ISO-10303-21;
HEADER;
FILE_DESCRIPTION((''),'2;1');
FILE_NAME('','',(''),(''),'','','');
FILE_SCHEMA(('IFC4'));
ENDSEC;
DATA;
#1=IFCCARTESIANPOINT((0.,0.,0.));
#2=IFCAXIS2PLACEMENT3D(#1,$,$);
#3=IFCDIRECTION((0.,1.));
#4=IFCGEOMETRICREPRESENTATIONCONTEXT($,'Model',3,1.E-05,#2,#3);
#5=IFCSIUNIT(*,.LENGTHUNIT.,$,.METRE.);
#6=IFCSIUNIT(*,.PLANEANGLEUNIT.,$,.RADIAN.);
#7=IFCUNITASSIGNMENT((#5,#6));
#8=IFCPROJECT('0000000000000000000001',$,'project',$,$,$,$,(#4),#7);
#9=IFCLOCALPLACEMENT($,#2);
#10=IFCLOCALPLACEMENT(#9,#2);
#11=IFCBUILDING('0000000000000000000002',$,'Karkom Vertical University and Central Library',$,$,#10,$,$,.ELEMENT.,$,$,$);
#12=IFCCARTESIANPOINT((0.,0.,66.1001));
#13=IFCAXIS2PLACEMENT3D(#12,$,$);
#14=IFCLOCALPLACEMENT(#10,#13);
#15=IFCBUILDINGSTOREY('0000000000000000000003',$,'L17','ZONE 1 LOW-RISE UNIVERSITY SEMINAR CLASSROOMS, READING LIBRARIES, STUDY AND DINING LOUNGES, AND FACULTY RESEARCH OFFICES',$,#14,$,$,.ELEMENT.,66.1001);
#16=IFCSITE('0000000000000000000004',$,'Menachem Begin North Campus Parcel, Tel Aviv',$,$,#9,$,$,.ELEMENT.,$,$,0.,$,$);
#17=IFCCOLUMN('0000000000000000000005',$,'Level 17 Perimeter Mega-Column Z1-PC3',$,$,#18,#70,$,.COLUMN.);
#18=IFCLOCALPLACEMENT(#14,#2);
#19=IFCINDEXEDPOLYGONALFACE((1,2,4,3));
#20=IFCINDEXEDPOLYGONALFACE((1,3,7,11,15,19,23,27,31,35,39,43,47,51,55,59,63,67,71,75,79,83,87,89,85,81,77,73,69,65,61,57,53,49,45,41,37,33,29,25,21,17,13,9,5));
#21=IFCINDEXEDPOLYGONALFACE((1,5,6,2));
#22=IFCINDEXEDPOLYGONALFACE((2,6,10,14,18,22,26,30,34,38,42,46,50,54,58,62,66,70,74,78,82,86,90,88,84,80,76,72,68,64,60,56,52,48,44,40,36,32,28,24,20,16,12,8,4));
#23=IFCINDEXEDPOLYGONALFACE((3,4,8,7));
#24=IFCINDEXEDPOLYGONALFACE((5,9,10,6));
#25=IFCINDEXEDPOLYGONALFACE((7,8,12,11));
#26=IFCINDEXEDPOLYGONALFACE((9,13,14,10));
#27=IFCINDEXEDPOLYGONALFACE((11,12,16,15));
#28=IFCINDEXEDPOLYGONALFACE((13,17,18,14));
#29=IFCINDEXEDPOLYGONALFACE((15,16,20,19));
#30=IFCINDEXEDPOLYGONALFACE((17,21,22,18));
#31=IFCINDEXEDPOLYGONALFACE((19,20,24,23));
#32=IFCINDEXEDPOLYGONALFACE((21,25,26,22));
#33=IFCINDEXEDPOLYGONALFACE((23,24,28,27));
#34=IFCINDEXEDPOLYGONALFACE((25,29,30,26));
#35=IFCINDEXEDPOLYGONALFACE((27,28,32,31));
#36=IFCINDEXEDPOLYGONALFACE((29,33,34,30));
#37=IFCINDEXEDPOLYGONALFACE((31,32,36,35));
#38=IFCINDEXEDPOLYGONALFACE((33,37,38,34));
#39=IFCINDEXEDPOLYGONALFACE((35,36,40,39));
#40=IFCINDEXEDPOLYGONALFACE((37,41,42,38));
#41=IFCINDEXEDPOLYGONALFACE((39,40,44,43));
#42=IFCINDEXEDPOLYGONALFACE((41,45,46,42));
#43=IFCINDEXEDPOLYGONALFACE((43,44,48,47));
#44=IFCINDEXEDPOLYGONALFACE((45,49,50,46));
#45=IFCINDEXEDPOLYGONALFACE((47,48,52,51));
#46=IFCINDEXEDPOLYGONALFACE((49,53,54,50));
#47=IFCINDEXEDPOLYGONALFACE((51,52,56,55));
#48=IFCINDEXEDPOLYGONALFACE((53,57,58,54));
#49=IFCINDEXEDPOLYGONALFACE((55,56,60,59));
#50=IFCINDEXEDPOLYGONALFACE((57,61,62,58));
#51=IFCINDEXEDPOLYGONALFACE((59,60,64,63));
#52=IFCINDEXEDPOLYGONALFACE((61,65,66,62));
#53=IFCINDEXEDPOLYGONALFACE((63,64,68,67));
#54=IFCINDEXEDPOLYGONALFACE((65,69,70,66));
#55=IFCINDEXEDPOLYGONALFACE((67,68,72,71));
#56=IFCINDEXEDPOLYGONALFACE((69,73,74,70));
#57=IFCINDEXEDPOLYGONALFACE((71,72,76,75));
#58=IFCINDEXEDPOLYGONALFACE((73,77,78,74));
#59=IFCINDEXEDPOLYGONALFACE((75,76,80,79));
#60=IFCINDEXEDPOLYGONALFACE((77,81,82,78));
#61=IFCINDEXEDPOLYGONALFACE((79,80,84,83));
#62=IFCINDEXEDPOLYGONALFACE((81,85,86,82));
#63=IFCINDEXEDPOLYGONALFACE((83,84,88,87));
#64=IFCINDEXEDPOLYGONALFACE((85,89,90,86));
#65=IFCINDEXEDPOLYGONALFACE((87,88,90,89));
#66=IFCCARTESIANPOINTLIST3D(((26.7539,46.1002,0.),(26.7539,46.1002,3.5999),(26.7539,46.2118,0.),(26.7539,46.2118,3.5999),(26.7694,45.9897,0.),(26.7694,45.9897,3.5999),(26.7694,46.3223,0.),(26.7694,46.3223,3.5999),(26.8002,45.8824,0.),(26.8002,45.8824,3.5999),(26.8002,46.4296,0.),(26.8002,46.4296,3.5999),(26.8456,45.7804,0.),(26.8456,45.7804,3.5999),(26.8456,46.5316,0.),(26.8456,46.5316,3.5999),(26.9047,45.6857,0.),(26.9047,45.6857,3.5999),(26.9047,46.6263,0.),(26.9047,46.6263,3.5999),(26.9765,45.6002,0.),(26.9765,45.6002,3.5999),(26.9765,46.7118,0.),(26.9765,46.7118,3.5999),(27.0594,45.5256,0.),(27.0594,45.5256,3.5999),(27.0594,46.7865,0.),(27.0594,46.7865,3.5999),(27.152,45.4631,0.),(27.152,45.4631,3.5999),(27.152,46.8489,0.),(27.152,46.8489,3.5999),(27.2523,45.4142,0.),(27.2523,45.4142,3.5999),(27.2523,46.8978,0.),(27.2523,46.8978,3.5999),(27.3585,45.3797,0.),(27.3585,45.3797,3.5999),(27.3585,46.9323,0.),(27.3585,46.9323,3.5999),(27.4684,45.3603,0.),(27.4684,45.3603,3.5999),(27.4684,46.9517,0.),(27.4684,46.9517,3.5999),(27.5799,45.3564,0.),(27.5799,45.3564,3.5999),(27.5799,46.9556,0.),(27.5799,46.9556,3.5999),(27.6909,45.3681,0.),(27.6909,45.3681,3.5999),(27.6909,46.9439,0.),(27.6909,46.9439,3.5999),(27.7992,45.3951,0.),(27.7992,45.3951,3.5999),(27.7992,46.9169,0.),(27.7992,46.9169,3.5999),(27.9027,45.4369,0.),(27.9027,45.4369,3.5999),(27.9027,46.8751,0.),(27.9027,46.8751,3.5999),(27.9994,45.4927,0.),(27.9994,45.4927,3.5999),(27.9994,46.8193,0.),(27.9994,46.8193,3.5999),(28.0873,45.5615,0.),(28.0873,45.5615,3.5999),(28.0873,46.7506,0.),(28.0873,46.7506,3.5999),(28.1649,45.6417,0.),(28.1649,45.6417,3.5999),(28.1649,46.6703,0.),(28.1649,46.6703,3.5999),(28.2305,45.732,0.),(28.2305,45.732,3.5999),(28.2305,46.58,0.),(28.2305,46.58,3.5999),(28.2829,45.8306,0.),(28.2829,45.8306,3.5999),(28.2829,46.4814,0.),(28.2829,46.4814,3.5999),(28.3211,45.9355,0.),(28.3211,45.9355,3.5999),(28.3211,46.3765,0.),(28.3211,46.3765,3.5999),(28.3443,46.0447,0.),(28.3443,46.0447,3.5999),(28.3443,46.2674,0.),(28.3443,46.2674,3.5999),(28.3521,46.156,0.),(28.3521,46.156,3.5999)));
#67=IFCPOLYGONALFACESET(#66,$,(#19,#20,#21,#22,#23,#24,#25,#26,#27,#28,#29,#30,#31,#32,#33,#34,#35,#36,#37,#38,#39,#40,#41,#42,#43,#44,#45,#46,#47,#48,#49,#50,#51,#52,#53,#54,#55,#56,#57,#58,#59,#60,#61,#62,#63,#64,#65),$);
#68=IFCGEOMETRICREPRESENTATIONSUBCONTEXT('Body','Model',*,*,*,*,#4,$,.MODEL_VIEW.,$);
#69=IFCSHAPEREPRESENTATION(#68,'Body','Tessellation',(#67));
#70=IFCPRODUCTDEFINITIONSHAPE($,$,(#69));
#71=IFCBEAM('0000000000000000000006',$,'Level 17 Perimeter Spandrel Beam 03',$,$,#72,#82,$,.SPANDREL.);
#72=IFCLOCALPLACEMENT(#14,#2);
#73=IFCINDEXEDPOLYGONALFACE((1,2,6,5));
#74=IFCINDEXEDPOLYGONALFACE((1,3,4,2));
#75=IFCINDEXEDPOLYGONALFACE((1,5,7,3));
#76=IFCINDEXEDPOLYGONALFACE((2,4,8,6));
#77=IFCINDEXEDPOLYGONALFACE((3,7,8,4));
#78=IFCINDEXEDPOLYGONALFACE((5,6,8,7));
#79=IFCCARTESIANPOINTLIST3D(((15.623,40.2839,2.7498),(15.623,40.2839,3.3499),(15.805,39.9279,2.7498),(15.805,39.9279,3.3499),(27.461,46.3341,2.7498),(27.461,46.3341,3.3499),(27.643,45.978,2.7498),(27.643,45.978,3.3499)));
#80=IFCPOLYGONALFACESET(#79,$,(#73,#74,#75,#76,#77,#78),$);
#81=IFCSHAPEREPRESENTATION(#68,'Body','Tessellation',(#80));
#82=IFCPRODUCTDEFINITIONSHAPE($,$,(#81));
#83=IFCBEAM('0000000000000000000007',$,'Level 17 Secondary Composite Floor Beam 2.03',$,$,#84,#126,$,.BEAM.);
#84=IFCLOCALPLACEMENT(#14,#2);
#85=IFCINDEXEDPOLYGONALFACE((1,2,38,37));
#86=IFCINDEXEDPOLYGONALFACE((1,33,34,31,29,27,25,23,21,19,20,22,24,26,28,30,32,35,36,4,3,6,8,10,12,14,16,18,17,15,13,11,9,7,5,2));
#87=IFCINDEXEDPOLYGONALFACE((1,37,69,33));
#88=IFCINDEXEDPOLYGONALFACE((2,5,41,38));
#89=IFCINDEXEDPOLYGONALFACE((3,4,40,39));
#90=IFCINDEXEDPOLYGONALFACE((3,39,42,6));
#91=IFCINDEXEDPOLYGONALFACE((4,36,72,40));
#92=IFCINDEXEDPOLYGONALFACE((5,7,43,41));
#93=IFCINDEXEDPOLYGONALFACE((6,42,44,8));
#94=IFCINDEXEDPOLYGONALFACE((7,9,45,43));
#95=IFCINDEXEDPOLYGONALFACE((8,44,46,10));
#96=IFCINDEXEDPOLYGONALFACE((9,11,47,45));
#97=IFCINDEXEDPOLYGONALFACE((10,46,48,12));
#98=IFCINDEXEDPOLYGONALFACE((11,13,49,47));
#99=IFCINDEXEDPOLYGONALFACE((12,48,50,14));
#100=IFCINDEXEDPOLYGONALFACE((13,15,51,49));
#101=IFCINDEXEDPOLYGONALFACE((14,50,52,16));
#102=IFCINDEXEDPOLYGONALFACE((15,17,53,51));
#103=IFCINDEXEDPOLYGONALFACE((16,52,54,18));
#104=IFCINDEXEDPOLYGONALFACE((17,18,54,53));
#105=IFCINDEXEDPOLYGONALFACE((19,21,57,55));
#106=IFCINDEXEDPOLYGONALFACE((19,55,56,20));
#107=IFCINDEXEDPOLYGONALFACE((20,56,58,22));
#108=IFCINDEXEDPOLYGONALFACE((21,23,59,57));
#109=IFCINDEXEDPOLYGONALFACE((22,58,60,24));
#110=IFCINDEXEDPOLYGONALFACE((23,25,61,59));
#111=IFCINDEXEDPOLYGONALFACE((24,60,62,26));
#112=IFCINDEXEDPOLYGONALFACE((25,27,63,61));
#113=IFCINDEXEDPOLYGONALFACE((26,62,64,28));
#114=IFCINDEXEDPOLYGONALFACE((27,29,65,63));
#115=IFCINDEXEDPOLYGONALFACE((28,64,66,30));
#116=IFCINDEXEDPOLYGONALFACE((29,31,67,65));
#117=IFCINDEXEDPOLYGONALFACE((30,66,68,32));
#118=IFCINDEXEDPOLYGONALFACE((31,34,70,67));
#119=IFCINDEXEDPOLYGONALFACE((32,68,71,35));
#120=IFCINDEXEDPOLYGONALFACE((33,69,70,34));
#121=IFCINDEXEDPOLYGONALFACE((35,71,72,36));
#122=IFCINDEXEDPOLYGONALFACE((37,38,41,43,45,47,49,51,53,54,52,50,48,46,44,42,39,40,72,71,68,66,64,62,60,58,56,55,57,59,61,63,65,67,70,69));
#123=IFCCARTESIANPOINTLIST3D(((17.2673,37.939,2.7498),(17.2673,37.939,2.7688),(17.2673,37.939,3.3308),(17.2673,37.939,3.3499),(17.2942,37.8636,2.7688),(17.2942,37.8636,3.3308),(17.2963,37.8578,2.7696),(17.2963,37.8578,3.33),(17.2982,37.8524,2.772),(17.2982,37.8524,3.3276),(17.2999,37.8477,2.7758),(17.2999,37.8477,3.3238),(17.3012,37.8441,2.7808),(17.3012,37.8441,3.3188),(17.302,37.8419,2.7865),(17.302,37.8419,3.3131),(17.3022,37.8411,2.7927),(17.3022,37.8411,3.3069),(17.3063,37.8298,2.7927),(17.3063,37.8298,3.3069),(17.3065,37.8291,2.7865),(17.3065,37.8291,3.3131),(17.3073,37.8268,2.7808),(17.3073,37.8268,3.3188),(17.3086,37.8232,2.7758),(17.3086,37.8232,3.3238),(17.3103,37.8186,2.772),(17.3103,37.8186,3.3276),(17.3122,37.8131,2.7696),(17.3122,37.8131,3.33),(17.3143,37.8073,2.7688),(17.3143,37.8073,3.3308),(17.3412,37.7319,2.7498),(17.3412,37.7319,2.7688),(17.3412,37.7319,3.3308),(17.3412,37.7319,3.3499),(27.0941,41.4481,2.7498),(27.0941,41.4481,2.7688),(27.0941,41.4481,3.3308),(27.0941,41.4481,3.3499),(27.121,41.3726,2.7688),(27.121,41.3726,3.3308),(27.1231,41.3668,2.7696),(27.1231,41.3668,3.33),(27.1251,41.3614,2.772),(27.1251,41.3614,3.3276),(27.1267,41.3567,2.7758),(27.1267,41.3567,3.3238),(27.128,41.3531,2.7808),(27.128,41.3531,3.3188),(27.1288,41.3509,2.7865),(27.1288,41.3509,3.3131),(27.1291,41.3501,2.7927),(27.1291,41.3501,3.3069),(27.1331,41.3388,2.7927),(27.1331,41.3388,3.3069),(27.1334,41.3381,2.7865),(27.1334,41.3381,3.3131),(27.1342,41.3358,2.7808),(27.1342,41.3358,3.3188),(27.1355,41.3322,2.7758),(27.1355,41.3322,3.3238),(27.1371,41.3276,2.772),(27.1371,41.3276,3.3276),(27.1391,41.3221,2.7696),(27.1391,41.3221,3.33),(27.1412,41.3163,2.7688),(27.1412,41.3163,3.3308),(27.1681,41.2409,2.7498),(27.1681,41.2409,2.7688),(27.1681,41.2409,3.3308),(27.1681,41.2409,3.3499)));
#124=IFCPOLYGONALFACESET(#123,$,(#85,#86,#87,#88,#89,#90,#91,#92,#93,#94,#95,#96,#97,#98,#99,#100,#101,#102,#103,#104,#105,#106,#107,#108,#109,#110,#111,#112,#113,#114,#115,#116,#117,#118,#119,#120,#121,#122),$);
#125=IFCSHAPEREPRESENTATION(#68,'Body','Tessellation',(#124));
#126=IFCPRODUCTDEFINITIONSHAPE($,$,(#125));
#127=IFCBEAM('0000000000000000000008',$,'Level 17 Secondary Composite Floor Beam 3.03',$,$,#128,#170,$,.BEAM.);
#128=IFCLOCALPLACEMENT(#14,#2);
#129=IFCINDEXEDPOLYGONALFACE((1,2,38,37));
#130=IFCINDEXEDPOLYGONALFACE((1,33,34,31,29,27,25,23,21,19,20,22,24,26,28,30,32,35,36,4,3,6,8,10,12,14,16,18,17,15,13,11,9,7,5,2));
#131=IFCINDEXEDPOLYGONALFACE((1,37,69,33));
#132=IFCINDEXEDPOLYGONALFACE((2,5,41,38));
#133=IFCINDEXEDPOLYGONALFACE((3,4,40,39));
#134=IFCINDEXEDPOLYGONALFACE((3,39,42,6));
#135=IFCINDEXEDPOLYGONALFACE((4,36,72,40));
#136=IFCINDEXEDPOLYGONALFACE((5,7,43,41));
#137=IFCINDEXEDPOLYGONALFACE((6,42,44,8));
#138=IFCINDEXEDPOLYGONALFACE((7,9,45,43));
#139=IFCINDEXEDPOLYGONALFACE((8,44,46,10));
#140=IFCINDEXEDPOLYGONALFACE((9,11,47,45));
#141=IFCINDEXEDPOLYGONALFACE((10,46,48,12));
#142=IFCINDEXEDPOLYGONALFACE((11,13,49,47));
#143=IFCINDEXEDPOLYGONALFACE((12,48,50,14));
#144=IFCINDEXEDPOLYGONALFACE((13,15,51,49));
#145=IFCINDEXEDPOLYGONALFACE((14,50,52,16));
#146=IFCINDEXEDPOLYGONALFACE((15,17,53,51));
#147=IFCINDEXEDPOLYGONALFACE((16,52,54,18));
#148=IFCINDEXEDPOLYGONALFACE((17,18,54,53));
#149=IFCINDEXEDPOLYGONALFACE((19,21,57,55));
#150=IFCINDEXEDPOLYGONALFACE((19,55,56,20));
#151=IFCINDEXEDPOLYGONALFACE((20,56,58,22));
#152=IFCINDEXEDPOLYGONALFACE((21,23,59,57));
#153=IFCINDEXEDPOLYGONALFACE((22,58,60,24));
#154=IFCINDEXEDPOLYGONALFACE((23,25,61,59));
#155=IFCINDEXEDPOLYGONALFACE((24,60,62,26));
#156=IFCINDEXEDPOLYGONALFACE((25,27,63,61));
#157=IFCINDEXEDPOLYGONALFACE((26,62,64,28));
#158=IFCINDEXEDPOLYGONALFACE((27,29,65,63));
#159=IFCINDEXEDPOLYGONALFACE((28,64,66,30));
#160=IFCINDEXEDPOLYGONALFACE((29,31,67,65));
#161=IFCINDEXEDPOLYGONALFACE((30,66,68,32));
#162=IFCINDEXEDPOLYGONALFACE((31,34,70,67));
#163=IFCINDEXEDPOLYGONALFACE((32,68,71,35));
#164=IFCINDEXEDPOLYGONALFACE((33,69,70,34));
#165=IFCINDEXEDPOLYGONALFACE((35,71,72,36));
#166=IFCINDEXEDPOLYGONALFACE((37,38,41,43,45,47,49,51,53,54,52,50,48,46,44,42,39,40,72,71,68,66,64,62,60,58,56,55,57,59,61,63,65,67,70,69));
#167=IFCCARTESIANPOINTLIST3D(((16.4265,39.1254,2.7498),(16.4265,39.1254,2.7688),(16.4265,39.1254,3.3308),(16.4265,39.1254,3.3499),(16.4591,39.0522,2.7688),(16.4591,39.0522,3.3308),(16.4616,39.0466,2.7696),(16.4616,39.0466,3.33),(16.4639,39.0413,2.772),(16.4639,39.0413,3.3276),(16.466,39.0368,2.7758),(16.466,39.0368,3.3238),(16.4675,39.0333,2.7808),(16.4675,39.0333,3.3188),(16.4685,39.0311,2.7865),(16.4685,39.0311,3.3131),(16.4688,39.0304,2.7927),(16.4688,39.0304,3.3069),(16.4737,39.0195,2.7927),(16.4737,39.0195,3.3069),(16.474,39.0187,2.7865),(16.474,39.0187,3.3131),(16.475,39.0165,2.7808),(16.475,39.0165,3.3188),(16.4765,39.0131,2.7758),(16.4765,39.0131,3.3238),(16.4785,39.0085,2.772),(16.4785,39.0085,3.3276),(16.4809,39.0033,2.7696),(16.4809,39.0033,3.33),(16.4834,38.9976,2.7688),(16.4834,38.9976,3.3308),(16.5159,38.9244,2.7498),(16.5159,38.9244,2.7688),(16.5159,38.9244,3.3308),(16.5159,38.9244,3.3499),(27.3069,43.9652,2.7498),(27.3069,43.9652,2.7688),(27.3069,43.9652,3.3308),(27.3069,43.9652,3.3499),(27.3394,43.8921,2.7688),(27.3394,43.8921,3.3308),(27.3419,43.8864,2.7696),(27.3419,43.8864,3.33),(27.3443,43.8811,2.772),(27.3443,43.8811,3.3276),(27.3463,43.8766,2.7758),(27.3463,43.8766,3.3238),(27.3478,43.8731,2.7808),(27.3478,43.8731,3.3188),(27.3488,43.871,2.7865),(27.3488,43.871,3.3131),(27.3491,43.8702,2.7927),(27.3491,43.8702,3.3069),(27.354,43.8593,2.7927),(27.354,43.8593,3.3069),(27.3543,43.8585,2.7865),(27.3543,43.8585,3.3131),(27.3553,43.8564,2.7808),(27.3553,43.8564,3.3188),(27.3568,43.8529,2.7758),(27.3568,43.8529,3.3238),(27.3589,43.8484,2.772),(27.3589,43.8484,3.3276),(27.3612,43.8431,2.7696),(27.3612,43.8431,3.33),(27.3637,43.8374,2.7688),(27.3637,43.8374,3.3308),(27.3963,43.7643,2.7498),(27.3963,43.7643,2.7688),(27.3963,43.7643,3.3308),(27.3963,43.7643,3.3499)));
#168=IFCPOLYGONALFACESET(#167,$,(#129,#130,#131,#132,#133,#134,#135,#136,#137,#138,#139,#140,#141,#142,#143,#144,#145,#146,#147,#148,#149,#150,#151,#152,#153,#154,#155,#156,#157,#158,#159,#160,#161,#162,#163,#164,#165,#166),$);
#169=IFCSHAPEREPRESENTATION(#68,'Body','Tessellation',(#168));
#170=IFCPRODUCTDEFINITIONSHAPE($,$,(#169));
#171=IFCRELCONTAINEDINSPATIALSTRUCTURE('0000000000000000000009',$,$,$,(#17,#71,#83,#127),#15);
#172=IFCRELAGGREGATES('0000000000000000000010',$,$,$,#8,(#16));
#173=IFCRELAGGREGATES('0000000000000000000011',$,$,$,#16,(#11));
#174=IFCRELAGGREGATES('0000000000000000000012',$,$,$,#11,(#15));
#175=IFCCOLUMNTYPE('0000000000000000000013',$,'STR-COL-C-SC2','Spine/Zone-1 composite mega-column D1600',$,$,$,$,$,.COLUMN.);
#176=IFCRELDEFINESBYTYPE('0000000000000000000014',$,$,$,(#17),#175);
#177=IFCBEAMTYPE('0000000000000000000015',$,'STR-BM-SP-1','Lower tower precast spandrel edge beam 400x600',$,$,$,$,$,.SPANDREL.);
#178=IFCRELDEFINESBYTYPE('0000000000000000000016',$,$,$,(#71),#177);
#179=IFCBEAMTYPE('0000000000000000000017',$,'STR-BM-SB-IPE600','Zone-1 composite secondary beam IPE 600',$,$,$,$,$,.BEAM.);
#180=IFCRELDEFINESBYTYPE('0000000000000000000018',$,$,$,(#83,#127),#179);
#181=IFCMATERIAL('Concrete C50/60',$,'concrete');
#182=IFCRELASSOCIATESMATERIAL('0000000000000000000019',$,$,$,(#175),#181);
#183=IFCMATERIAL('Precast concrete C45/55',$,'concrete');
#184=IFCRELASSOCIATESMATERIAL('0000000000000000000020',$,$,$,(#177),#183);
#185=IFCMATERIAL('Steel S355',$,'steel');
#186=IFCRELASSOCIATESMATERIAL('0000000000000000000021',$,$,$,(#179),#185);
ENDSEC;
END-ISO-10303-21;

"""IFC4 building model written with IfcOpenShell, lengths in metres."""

from ifc_helpers import new_model, si_unit, direction, frame, origin, origin_with_axes, origin_2d, place, context, subcontext, project, spatial, rectangle, circle, i_section, extrude, source, transform, mapped, material, material_profile, profile_set, type_object, element, save


model = new_model("IFC4")

# Units and contexts
model_context = context("Model", 3, precision=1e-05, world=origin(), true_north=direction((0.0, 1.0)))
body_context = subcontext(model_context, "Body", "Model", "MODEL_VIEW")
ifc_project = project(units=[si_unit("LENGTHUNIT", "METRE"), si_unit("PLANEANGLEUNIT", "RADIAN")], contexts=[model_context])

# Site, building, storey
site_placement = place(None, origin())
site = spatial("IfcSite", under=ifc_project, at=site_placement, Name="Menachem Begin North Campus Parcel, Tel Aviv", CompositionType="ELEMENT", RefElevation=0.0)
building_placement = place(site_placement, origin())
building = spatial("IfcBuilding", under=site, at=building_placement, Name="Karkom Vertical University and Central Library", CompositionType="ELEMENT")
storey_placement = place(building_placement, frame((0.0, 0.0, 66.1001)))
storey = spatial("IfcBuildingStorey", under=building, at=storey_placement, Name="L17", Description="ZONE 1 LOW-RISE UNIVERSITY SEMINAR CLASSROOMS, READING LIBRARIES, STUDY AND DINING LOUNGES, AND FACULTY RESEARCH OFFICES", CompositionType="ELEMENT", Elevation=66.1001)

# Column
ifc_material_1 = material(Name="Concrete C50/60", Category="concrete")
ifc_material_profile_1 = material_profile(ifc_material_1, circle(Radius=0.8, at=origin_2d()), Name="CFT-D1600")
ifc_profile_set_1 = profile_set([ifc_material_profile_1], Name="Concrete C50/60")
column_type = type_object("IfcColumnType", Name="STR-COL-C-SC2", Description="Spine/Zone-1 composite mega-column D1600", PredefinedType="COLUMN", material=ifc_profile_set_1)
shared_shape_1 = source(origin_with_axes(), body_context, "Body", "SweptSolid", [
    extrude(circle(Radius=0.8, at=origin_2d()), origin(), (0.0, 0.0, 1.0), 3.5999),
])
column_placement = place(storey_placement, frame((27.552, 46.156, 0.0), z_axis=(0.0, 0.0, 1.0), x_axis=(1.0, 0.0, 0.0)))
element("IfcColumn", 1, at=column_placement, inside=storey, type_object=column_type, Name="Level 17 Perimeter Mega-Column Z1-PC3", PredefinedType="COLUMN", context=body_context, shape_type="MappedRepresentation", body=[
    mapped(shared_shape_1, transform((0.0, 0.0, 0.0), scale=1.0)),
])

# Beams
ifc_material_2 = material(Name="Precast concrete C45/55", Category="concrete")
ifc_material_profile_2 = material_profile(ifc_material_2, rectangle(XDim=0.3999, YDim=0.6001, at=origin_2d()), Name="SPB-400x600")
ifc_profile_set_2 = profile_set([ifc_material_profile_2], Name="Precast concrete C45/55")
beam_type_1 = type_object("IfcBeamType", Name="STR-BM-SP-1", Description="Lower tower precast spandrel edge beam 400x600", PredefinedType="SPANDREL", material=ifc_profile_set_2)
shared_shape_2 = source(origin_with_axes(), body_context, "Body", "SweptSolid", [
    extrude(rectangle(XDim=0.3999, YDim=0.6001, at=origin_2d()), origin(), (0.0, 0.0, 1.0), 13.2944),
])
beam_1_placement = place(storey_placement, frame((27.552, 46.156, 3.0498), z_axis=(-0.890448, -0.455085, 0.0), x_axis=(0.455085, -0.890448, 0.0)))
element("IfcBeam", 2, at=beam_1_placement, inside=storey, type_object=beam_type_1, Name="Level 17 Perimeter Spandrel Beam 03", PredefinedType="SPANDREL", context=body_context, shape_type="MappedRepresentation", body=[
    mapped(shared_shape_2, transform((0.0, 0.0, 0.0), scale=1.0)),
])
ifc_material_3 = material(Name="Steel S355", Category="steel")
ifc_material_profile_3 = material_profile(ifc_material_3, i_section(OverallWidth=0.22, OverallDepth=0.6001, WebThickness=0.012, FlangeThickness=0.019, FilletRadius=0.0239, at=origin_2d()), Name="IPE 600")
ifc_profile_set_3 = profile_set([ifc_material_profile_3], Name="Steel S355")
beam_type_2 = type_object("IfcBeamType", Name="STR-BM-SB-IPE600", Description="Zone-1 composite secondary beam IPE 600", PredefinedType="BEAM", material=ifc_profile_set_3)
shared_shape_3 = source(origin_with_axes(), body_context, "Body", "SweptSolid", [
    extrude(i_section(OverallWidth=0.22, OverallDepth=0.6001, WebThickness=0.012, FlangeThickness=0.019, FilletRadius=0.0239, at=origin_2d()), origin(), (0.0, 0.0, 1.0), 10.4346),
])
beam_2_placement = place(storey_placement, frame((27.1311, 41.3445, 3.0498), z_axis=(-0.941759, -0.336287, 0.0), x_axis=(0.336287, -0.941759, 0.0)))
element("IfcBeam", 3, at=beam_2_placement, inside=storey, type_object=beam_type_2, Name="Level 17 Secondary Composite Floor Beam 2.03", PredefinedType="BEAM", context=body_context, shape_type="MappedRepresentation", body=[
    mapped(shared_shape_3, transform((0.0, 0.0, 0.0), scale=1.0)),
])
shared_shape_4 = source(origin_with_axes(), body_context, "Body", "SweptSolid", [
    extrude(i_section(OverallWidth=0.22, OverallDepth=0.6001, WebThickness=0.012, FlangeThickness=0.019, FilletRadius=0.0239, at=origin_2d()), origin(), (0.0, 0.0, 1.0), 11.9082),
])
beam_3_placement = place(storey_placement, frame((27.3516, 43.8647, 3.0498), z_axis=(-0.913683, -0.406428, 0.0), x_axis=(0.406428, -0.913683, 0.0)))
element("IfcBeam", 4, at=beam_3_placement, inside=storey, type_object=beam_type_2, Name="Level 17 Secondary Composite Floor Beam 3.03", PredefinedType="BEAM", context=body_context, shape_type="MappedRepresentation", body=[
    mapped(shared_shape_4, transform((0.0, 0.0, 0.0), scale=1.0)),
])

save(model, "model.ifc")
